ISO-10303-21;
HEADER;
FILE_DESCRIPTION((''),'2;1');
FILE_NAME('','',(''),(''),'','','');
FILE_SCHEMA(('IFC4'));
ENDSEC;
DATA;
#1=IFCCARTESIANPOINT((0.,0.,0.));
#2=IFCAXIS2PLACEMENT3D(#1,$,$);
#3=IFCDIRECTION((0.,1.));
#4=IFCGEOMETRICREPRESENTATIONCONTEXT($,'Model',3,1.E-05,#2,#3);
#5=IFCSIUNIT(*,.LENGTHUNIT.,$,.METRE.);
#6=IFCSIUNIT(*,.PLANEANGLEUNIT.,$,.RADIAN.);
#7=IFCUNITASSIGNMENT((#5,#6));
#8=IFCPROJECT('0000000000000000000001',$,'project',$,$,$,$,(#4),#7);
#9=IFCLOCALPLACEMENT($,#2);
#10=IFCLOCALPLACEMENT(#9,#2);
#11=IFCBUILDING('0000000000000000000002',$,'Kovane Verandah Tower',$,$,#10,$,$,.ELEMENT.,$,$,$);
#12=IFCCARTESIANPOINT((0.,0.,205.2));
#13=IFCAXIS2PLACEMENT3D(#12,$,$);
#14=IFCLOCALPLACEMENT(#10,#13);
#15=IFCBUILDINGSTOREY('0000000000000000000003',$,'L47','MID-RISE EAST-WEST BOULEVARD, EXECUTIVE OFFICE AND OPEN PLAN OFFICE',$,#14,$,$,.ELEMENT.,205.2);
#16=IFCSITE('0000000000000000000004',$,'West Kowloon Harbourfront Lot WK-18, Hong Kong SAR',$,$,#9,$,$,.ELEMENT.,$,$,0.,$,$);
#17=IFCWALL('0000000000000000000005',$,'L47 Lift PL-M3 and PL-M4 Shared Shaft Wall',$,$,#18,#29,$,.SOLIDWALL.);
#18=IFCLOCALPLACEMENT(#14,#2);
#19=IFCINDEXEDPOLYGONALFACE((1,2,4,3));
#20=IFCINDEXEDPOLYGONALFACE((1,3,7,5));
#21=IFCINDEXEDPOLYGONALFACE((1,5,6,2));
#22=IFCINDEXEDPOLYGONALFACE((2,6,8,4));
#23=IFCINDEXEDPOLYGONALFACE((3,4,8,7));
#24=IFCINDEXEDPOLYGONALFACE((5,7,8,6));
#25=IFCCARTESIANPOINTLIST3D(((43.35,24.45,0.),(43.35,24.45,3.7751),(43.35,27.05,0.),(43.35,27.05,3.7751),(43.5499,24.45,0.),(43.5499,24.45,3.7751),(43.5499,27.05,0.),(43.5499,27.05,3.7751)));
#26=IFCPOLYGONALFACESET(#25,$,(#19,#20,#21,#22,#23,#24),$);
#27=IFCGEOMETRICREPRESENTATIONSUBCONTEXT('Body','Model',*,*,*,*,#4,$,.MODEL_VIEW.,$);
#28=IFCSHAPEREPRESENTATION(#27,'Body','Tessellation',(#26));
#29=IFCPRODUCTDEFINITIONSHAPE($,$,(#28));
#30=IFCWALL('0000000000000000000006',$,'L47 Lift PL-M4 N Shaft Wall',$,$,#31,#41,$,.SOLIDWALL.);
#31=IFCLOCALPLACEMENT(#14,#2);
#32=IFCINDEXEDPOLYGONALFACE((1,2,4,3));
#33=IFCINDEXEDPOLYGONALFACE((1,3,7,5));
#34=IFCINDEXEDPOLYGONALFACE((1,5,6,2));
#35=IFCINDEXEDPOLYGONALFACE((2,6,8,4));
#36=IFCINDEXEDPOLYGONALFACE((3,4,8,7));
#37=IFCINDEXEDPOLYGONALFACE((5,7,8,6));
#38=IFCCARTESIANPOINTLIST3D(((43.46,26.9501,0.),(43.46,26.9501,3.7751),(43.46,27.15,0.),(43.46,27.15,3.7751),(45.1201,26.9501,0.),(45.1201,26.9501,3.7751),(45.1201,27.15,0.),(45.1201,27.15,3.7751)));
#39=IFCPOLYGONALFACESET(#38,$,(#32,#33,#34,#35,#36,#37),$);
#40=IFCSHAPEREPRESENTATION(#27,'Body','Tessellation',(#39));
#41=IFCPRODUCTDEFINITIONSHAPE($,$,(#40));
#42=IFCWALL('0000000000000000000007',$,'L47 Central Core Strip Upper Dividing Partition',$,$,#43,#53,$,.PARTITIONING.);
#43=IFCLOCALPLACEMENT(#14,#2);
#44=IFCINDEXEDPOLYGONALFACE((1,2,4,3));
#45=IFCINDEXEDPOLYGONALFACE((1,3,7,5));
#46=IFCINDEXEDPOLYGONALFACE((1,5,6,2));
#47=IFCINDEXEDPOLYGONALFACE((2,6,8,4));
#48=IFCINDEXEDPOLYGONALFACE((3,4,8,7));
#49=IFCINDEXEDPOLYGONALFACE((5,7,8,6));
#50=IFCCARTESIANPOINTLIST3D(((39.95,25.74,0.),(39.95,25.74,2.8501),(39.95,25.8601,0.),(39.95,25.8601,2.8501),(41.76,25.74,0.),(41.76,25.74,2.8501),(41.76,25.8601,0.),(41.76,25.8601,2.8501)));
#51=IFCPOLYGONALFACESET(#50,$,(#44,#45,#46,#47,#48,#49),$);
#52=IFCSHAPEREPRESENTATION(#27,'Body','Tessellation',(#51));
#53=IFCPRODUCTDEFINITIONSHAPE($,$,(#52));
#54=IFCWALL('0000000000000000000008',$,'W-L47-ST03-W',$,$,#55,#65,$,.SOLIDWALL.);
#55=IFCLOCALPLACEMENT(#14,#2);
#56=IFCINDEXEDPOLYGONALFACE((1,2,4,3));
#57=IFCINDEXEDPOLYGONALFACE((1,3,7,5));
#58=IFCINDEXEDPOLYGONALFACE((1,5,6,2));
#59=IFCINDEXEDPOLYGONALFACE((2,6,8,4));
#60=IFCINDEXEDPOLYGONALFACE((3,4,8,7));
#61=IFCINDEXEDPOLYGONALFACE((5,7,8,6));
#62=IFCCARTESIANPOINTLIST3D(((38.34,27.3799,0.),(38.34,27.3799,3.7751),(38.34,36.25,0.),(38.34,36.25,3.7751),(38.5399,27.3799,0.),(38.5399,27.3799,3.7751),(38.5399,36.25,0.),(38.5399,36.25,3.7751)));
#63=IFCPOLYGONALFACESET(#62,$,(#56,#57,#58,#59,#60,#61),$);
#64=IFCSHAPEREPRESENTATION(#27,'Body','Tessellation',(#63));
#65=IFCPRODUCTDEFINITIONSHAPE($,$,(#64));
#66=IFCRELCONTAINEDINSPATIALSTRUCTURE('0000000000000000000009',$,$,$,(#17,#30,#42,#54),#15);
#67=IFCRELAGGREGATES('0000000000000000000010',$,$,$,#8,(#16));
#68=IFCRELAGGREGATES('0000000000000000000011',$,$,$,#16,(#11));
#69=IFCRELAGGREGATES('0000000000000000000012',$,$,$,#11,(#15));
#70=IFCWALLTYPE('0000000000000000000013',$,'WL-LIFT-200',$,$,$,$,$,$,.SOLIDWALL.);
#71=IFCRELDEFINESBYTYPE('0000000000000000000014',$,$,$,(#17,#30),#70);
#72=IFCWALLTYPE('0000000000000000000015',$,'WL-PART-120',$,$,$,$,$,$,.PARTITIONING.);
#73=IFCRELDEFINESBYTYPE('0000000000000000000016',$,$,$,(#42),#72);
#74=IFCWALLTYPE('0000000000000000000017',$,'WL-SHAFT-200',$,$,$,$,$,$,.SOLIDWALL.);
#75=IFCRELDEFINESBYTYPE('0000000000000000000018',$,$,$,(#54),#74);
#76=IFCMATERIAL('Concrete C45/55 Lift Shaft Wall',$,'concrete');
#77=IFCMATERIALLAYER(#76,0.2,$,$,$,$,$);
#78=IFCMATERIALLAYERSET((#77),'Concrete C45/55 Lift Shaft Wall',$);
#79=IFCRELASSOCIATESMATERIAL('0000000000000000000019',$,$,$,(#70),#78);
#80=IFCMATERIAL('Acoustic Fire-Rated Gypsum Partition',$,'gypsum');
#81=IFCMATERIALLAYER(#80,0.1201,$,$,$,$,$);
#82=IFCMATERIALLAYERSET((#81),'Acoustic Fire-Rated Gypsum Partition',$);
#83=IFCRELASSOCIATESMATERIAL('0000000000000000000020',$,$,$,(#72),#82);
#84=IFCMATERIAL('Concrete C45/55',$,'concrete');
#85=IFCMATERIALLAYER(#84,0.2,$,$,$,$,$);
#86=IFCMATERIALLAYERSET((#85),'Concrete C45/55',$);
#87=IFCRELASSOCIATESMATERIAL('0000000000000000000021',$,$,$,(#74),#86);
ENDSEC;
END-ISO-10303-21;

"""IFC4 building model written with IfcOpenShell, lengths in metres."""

from ifc_helpers import new_model, si_unit, direction, frame, frame_2d, origin, place, context, subcontext, project, spatial, rectangle, extrude, material, layer, layer_set, type_object, element, save


model = new_model("IFC4")

# Units and contexts
model_context = context("Model", 3, precision=1e-05, world=origin(), true_north=direction((0.0, 1.0)))
body_context = subcontext(model_context, "Body", "Model", "MODEL_VIEW")
ifc_project = project(units=[si_unit("LENGTHUNIT", "METRE"), si_unit("PLANEANGLEUNIT", "RADIAN")], contexts=[model_context])

# Site, building, storey
site_placement = place(None, origin())
site = spatial("IfcSite", under=ifc_project, at=site_placement, Name="West Kowloon Harbourfront Lot WK-18, Hong Kong SAR", CompositionType="ELEMENT", RefElevation=0.0)
building_placement = place(site_placement, origin())
building = spatial("IfcBuilding", under=site, at=building_placement, Name="Kovane Verandah Tower", CompositionType="ELEMENT")
storey_placement = place(building_placement, frame((0.0, 0.0, 205.2)))
storey = spatial("IfcBuildingStorey", under=building, at=storey_placement, Name="L47", Description="MID-RISE EAST-WEST BOULEVARD, EXECUTIVE OFFICE AND OPEN PLAN OFFICE", CompositionType="ELEMENT", Elevation=205.2)

# Shared definitions
ifc_material_1 = material(Name="Concrete C45/55 Lift Shaft Wall", Category="concrete")
ifc_layer_1 = layer(ifc_material_1, 0.2)
ifc_layer_set_1 = layer_set([ifc_layer_1], Name="Concrete C45/55 Lift Shaft Wall")
wall_type_1 = type_object("IfcWallType", Name="WL-LIFT-200", PredefinedType="SOLIDWALL", material=ifc_layer_set_1)

# Wall
for number, where, z_axis, x_axis, name in (
    (1, (43.45, 24.45, 0.0), (0.0, 0.0, 1.0), (0.0, 1.0, 0.0), "L47 Lift PL-M3 and PL-M4 Shared Shaft Wall"),
):
    element("IfcWall", number, at=place(storey_placement, frame(where, z_axis=z_axis, x_axis=x_axis)), inside=storey, type_object=wall_type_1, Name=name, PredefinedType="SOLIDWALL", context=body_context, shape_type="SweptSolid", body=[
        extrude(rectangle(XDim=2.6001, YDim=0.2, at=frame_2d((1.3, 0.0))), origin(), (0.0, 0.0, 1.0), 3.7751),
    ])

# Walls
wall_1_placement = place(storey_placement, frame((45.1201, 27.05, 0.0), z_axis=(0.0, 0.0, 1.0), x_axis=(-1.0, 0.0, 0.0)))
element("IfcWall", 2, at=wall_1_placement, inside=storey, type_object=wall_type_1, Name="L47 Lift PL-M4 N Shaft Wall", PredefinedType="SOLIDWALL", context=body_context, shape_type="SweptSolid", body=[
    extrude(rectangle(XDim=1.6602, YDim=0.2, at=frame_2d((0.8301, 0.0))), origin(), (0.0, 0.0, 1.0), 3.7751),
])
ifc_material_2 = material(Name="Acoustic Fire-Rated Gypsum Partition", Category="gypsum")
ifc_layer_2 = layer(ifc_material_2, 0.1201)
ifc_layer_set_2 = layer_set([ifc_layer_2], Name="Acoustic Fire-Rated Gypsum Partition")
wall_type_2 = type_object("IfcWallType", Name="WL-PART-120", PredefinedType="PARTITIONING", material=ifc_layer_set_2)
wall_2_placement = place(storey_placement, frame((39.95, 25.8, 0.0), z_axis=(0.0, 0.0, 1.0), x_axis=(1.0, 0.0, 0.0)))
element("IfcWall", 3, at=wall_2_placement, inside=storey, type_object=wall_type_2, Name="L47 Central Core Strip Upper Dividing Partition", PredefinedType="PARTITIONING", context=body_context, shape_type="SweptSolid", body=[
    extrude(rectangle(XDim=1.8101, YDim=0.1201, at=frame_2d((0.905, 0.0))), origin(), (0.0, 0.0, 1.0), 2.8501),
])
ifc_material_3 = material(Name="Concrete C45/55", Category="concrete")
ifc_layer_3 = layer(ifc_material_3, 0.2)
ifc_layer_set_3 = layer_set([ifc_layer_3], Name="Concrete C45/55")
wall_type_3 = type_object("IfcWallType", Name="WL-SHAFT-200", PredefinedType="SOLIDWALL", material=ifc_layer_set_3)
wall_3_placement = place(storey_placement, frame((38.4399, 27.3799, 0.0), z_axis=(0.0, 0.0, 1.0), x_axis=(0.0, 1.0, 0.0)))
element("IfcWall", 4, at=wall_3_placement, inside=storey, type_object=wall_type_3, Name="W-L47-ST03-W", PredefinedType="SOLIDWALL", context=body_context, shape_type="SweptSolid", body=[
    extrude(rectangle(XDim=8.8701, YDim=0.2, at=frame_2d((4.4351, 0.0))), origin(), (0.0, 0.0, 1.0), 3.7751),
])

save(model, "model.ifc")
